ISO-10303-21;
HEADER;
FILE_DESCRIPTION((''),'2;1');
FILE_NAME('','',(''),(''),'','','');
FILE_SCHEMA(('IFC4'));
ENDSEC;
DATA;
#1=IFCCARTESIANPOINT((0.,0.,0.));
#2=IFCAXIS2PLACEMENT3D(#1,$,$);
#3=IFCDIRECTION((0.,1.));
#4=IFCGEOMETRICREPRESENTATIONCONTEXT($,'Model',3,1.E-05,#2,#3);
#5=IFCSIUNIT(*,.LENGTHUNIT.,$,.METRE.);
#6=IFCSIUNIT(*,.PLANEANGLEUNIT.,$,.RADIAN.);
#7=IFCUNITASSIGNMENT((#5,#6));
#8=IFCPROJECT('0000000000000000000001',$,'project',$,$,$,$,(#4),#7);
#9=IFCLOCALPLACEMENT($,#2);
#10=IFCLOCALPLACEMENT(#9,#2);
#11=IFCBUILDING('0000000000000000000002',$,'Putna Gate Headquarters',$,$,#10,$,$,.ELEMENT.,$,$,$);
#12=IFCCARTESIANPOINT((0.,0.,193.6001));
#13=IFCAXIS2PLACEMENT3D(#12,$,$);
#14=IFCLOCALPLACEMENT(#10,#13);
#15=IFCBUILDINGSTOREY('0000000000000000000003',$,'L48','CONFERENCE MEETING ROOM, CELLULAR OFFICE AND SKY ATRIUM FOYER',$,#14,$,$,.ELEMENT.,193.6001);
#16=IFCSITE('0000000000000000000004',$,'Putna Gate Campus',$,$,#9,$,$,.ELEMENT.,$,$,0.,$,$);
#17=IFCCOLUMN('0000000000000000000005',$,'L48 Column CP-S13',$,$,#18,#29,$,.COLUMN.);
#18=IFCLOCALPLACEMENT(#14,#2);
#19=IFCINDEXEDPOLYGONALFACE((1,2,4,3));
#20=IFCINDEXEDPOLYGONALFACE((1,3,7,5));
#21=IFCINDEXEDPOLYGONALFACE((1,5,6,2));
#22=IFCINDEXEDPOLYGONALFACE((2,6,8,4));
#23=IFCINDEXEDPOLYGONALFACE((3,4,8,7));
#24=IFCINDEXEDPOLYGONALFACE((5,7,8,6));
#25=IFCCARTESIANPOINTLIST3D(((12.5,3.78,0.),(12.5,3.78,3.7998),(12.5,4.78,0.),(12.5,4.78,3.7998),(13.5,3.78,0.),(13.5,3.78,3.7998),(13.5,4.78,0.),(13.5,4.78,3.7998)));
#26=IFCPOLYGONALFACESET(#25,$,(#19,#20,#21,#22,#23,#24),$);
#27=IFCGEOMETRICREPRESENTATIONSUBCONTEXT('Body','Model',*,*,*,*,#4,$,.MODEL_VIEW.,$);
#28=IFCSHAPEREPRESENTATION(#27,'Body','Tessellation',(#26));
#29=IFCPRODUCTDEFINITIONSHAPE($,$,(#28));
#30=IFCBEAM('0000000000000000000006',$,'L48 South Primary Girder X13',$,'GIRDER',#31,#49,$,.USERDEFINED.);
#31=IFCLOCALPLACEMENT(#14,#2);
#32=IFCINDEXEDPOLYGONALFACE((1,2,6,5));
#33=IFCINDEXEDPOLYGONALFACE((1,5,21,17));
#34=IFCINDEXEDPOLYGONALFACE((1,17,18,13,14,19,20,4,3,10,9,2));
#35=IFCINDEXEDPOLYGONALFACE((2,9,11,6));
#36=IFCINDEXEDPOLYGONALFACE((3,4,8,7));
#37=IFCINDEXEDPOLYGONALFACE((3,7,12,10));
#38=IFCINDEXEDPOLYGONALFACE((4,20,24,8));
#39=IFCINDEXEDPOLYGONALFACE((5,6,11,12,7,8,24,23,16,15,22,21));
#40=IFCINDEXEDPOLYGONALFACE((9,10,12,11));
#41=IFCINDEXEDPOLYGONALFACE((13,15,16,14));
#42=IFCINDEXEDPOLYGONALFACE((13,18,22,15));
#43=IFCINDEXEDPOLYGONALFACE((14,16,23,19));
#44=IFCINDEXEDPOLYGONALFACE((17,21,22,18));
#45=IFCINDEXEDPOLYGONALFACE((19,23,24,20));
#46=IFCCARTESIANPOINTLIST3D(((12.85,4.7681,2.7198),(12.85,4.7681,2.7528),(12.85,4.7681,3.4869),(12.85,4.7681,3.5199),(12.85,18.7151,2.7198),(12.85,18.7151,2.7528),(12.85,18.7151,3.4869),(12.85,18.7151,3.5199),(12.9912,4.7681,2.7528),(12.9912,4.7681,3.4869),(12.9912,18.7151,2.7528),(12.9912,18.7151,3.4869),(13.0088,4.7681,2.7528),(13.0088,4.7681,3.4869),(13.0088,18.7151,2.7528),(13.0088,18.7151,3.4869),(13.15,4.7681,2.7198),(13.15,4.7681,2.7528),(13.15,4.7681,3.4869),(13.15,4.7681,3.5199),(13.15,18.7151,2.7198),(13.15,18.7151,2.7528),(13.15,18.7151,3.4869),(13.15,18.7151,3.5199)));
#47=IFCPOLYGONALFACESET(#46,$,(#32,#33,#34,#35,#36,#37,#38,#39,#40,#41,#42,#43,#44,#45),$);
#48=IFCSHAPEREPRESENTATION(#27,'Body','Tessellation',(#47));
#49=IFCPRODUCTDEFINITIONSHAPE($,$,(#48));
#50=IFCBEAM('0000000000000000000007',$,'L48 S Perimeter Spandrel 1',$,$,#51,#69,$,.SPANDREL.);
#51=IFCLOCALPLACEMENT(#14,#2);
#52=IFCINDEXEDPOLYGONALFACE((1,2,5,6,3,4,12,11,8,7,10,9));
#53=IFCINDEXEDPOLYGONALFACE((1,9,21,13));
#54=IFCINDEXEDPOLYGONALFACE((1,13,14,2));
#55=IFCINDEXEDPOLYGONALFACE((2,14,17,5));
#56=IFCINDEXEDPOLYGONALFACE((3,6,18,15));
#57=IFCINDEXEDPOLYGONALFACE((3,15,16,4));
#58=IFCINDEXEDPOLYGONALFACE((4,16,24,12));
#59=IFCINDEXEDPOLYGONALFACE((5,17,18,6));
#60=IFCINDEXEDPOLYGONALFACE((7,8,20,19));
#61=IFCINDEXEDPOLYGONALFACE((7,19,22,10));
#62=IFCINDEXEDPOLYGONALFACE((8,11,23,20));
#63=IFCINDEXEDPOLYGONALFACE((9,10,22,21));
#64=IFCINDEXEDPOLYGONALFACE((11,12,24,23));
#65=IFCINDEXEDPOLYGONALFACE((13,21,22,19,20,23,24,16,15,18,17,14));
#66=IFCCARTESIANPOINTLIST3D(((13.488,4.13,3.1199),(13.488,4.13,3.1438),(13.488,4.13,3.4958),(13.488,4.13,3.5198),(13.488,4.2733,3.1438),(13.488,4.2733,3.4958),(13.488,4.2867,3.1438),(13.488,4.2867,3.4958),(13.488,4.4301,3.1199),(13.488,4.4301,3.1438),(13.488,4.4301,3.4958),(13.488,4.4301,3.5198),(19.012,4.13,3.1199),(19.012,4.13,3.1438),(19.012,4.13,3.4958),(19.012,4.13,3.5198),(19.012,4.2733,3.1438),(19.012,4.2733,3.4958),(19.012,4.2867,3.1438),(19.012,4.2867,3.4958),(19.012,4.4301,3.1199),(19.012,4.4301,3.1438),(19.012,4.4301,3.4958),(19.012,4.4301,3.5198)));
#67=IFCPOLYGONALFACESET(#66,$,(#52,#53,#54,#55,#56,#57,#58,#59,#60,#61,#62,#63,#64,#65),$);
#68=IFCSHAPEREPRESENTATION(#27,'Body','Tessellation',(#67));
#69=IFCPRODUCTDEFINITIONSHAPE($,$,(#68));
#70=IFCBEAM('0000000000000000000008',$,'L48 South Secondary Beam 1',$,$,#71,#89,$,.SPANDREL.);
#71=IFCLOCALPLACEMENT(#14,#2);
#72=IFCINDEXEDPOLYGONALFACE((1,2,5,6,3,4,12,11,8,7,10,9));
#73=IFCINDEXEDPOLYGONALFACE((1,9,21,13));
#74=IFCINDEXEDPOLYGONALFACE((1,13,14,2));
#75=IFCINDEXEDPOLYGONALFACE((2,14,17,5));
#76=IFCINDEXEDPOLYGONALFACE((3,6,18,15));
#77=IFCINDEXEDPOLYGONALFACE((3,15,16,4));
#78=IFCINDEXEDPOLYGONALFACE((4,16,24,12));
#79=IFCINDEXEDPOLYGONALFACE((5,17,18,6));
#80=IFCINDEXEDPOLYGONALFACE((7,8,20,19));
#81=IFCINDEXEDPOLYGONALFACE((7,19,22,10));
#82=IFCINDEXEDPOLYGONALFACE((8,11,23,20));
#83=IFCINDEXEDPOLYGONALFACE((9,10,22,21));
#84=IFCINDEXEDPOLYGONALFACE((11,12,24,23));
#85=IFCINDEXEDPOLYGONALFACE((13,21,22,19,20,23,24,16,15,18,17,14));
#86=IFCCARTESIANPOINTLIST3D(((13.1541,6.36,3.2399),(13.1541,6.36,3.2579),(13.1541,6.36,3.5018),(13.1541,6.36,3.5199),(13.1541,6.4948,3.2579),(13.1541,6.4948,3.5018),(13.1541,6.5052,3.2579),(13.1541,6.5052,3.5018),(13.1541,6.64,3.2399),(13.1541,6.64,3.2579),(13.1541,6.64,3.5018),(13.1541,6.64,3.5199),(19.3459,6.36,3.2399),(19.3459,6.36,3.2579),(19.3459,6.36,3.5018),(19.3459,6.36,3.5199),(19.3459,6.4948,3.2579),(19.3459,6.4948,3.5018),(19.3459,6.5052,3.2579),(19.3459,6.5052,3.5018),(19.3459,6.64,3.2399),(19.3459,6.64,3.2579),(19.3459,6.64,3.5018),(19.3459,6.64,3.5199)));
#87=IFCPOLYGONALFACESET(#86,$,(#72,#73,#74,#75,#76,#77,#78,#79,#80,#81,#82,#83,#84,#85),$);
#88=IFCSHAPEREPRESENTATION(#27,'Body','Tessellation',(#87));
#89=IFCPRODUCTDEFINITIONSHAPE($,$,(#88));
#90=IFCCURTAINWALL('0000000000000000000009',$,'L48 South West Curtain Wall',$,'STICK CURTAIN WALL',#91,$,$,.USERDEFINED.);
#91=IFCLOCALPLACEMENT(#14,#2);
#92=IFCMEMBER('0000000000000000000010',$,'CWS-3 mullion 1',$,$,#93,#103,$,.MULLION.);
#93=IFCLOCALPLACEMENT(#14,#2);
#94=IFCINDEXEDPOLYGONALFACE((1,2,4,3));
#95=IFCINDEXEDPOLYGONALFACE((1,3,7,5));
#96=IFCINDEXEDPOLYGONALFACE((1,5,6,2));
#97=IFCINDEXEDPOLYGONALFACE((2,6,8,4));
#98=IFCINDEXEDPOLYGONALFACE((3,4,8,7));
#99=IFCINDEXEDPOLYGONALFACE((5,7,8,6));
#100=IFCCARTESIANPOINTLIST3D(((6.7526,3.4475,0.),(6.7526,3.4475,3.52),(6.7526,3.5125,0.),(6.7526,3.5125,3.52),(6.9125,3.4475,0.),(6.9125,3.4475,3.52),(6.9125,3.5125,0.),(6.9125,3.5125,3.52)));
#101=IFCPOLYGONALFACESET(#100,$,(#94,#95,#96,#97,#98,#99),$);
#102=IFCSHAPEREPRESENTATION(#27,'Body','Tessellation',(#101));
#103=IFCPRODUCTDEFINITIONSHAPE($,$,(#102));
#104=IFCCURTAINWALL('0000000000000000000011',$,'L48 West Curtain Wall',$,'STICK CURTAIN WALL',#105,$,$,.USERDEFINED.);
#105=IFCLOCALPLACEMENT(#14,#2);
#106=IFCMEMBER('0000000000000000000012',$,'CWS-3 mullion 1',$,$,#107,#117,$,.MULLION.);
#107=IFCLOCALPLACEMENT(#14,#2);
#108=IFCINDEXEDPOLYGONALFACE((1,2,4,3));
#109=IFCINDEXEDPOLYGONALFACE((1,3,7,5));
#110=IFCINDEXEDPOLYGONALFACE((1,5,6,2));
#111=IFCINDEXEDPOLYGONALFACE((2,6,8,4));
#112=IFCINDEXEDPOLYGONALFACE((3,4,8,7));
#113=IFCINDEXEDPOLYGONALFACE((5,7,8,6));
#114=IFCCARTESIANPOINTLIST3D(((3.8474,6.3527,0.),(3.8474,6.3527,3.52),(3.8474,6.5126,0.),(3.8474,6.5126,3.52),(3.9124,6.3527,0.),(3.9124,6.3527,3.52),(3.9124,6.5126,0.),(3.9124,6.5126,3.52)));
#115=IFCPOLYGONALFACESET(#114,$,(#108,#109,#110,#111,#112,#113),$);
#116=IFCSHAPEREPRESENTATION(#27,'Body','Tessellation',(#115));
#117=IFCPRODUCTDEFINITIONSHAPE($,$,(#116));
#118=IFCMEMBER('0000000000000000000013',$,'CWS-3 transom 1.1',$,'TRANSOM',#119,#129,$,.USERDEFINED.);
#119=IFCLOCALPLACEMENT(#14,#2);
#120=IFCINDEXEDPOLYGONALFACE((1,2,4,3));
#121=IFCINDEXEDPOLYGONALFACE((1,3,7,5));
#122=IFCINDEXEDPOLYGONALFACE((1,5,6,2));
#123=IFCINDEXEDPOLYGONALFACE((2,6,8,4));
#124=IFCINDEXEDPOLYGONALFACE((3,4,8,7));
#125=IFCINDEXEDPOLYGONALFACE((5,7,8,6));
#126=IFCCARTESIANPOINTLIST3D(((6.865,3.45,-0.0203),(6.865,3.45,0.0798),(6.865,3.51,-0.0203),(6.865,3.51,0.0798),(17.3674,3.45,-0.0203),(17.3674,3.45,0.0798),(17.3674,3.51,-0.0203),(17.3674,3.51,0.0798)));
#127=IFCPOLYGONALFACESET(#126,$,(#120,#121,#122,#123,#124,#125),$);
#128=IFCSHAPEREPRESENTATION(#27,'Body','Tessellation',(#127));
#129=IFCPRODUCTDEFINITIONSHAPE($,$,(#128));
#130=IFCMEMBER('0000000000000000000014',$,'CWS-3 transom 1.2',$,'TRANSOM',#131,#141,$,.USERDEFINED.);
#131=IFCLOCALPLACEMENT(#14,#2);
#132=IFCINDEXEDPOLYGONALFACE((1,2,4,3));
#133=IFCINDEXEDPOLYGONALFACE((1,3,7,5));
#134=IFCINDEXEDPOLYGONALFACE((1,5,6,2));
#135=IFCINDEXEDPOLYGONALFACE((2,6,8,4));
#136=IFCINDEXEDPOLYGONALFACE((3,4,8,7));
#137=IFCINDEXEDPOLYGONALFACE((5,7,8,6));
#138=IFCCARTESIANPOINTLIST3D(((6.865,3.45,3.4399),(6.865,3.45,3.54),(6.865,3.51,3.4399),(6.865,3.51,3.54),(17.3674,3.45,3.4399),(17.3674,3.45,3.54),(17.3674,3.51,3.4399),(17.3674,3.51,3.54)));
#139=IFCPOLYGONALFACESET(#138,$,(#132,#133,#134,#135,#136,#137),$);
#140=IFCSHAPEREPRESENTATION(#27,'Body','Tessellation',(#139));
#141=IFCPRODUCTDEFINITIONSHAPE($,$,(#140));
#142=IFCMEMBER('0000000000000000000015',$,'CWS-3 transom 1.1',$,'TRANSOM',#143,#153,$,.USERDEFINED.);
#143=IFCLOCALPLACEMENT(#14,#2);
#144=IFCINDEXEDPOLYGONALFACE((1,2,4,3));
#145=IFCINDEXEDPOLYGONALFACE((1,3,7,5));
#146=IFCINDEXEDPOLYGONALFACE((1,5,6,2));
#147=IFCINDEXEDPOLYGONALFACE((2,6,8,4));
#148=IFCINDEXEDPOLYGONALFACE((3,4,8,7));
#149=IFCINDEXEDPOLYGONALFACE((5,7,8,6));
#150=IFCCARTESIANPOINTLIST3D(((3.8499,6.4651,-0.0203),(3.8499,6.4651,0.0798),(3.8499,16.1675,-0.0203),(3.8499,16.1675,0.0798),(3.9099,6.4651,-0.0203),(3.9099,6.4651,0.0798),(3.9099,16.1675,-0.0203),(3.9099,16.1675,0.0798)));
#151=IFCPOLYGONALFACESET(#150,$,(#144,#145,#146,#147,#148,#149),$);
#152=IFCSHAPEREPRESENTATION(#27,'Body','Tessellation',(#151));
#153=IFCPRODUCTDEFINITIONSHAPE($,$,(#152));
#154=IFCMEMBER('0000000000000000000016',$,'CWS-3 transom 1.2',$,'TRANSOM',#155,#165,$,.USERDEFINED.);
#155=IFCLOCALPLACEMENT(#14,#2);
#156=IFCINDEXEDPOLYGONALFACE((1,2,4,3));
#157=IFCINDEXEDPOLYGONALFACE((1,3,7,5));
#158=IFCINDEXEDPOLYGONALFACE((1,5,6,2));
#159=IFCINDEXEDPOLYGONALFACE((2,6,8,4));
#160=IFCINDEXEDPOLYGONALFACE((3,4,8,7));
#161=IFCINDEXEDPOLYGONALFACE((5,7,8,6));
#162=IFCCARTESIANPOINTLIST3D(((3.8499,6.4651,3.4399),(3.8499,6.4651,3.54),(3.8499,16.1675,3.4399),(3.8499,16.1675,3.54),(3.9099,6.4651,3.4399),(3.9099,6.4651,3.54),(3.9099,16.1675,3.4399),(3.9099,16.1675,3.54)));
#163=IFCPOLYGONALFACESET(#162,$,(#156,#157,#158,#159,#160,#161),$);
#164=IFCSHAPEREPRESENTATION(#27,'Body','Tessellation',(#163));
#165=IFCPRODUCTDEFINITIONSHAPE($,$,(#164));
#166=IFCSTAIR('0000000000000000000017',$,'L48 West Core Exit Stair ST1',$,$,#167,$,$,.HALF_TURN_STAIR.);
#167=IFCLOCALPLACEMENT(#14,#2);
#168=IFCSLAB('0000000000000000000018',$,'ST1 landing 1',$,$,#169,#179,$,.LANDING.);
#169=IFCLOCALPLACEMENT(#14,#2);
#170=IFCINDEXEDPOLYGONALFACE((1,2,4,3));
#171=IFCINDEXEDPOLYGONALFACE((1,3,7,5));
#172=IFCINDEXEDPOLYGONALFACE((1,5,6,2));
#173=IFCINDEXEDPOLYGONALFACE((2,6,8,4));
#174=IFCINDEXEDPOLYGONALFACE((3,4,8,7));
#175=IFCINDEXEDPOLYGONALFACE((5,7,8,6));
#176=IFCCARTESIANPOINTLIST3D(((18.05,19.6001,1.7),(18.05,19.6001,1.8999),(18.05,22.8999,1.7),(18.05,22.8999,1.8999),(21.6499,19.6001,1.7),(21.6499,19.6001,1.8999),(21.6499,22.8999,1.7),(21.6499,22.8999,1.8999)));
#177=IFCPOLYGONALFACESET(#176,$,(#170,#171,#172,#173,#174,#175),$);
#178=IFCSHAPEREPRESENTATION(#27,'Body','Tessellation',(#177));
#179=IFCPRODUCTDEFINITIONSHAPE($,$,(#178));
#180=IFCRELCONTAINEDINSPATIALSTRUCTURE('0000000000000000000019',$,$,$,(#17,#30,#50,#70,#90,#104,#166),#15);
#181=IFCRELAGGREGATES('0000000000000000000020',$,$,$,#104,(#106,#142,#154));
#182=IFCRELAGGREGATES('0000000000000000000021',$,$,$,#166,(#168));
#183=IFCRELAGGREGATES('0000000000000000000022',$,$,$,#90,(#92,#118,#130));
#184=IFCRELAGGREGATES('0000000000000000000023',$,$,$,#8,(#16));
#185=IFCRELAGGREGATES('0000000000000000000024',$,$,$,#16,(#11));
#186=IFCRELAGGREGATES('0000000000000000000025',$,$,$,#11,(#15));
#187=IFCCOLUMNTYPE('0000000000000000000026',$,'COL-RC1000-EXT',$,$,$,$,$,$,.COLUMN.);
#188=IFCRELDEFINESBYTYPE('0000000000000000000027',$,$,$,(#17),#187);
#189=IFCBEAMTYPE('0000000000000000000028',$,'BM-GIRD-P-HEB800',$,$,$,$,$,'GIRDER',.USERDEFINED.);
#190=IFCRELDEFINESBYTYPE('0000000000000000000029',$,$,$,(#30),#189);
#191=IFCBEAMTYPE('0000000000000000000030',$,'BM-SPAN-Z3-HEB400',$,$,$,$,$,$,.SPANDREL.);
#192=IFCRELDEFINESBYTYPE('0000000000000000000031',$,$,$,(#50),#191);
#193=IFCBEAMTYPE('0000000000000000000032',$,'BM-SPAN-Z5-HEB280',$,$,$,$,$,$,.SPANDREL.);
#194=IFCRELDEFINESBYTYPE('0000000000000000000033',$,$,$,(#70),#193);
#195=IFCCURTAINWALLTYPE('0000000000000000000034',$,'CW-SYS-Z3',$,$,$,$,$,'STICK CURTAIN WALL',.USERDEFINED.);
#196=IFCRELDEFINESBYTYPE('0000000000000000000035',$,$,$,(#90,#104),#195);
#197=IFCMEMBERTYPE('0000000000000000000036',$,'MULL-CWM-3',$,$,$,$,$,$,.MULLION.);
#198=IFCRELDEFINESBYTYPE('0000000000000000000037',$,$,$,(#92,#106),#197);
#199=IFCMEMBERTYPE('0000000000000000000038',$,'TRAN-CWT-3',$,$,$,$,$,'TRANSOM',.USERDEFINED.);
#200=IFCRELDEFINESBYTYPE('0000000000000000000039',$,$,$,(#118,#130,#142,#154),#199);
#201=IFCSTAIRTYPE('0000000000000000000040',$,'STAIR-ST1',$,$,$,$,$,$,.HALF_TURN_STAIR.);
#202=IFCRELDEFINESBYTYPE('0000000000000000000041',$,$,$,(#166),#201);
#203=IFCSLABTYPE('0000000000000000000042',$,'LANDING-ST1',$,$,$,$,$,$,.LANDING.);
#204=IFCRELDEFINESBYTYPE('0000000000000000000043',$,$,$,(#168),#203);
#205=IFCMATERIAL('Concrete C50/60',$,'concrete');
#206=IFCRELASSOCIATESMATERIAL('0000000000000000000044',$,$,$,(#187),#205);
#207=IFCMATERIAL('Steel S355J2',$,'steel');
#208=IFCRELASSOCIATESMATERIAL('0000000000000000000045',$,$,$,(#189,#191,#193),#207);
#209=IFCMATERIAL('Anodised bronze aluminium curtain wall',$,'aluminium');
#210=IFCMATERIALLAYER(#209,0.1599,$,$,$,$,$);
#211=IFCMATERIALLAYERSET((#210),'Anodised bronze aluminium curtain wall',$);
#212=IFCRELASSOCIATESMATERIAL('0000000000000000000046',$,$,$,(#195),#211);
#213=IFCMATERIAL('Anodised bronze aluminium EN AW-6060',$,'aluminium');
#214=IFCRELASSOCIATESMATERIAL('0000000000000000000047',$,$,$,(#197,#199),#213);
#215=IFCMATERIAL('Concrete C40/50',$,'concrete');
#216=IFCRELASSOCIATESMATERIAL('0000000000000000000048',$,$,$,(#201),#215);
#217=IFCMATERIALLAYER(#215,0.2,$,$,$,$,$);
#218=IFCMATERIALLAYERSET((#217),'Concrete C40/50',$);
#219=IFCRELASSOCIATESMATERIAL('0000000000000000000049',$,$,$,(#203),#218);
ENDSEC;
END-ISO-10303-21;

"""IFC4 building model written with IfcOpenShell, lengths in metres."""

from ifc_helpers import new_model, si_unit, direction, frame, origin, origin_2d, place, context, subcontext, project, spatial, polyline, rectangle, i_section, outline, extrude, material, layer, layer_set, material_profile, profile_set, type_object, element, aggregate, save


model = new_model("IFC4")

# Units and contexts
model_context = context("Model", 3, precision=1e-05, world=origin(), true_north=direction((0.0, 1.0)))
body_context = subcontext(model_context, "Body", "Model", "MODEL_VIEW")
ifc_project = project(units=[si_unit("LENGTHUNIT", "METRE"), si_unit("PLANEANGLEUNIT", "RADIAN")], contexts=[model_context])

# Site, building, storey
site_placement = place(None, origin())
site = spatial("IfcSite", under=ifc_project, at=site_placement, Name="Putna Gate Campus", CompositionType="ELEMENT", RefElevation=0.0)
building_placement = place(site_placement, origin())
building = spatial("IfcBuilding", under=site, at=building_placement, Name="Putna Gate Headquarters", CompositionType="ELEMENT")
storey_placement = place(building_placement, frame((0.0, 0.0, 193.6001)))
storey = spatial("IfcBuildingStorey", under=building, at=storey_placement, Name="L48", Description="CONFERENCE MEETING ROOM, CELLULAR OFFICE AND SKY ATRIUM FOYER", CompositionType="ELEMENT", Elevation=193.6001)

# Column
ifc_material_1 = material(Name="Concrete C50/60", Category="concrete")
ifc_material_profile_1 = material_profile(ifc_material_1, rectangle(XDim=1.0, YDim=1.0, at=origin_2d()), Name="Concrete C50/60")
ifc_profile_set_1 = profile_set([ifc_material_profile_1], Name="Concrete C50/60")
column_type = type_object("IfcColumnType", Name="COL-RC1000-EXT", PredefinedType="COLUMN", material=ifc_profile_set_1)
column_placement = place(storey_placement, frame((13.0, 4.28, 0.0), z_axis=(0.0, 0.0, 1.0), x_axis=(1.0, 0.0, 0.0)))
element("IfcColumn", 1, at=column_placement, inside=storey, type_object=column_type, Name="L48 Column CP-S13", PredefinedType="COLUMN", context=body_context, shape_type="SweptSolid", body=[
    extrude(rectangle(XDim=1.0, YDim=1.0, at=origin_2d()), origin(), (0.0, 0.0, 1.0), 3.7998),
])

# Beams
ifc_material_2 = material(Name="Steel S355J2", Category="steel")
ifc_material_profile_2 = material_profile(ifc_material_2, i_section(OverallWidth=0.3, OverallDepth=0.8, WebThickness=0.0176, FlangeThickness=0.033, at=origin_2d()), Name="Steel S355J2")
ifc_profile_set_2 = profile_set([ifc_material_profile_2], Name="Steel S355J2")
beam_type_1 = type_object("IfcBeamType", Name="BM-GIRD-P-HEB800", ElementType="GIRDER", PredefinedType="USERDEFINED", material=ifc_profile_set_2)
beam_1_placement = place(storey_placement, frame((13.0, 4.7681, 3.1199), z_axis=(0.0, 1.0, 0.0), x_axis=(-1.0, 0.0, 0.0)))
element("IfcBeam", 2, at=beam_1_placement, inside=storey, type_object=beam_type_1, Name="L48 South Primary Girder X13", ObjectType="GIRDER", PredefinedType="USERDEFINED", context=body_context, shape_type="SweptSolid", body=[
    extrude(i_section(OverallWidth=0.3, OverallDepth=0.8, WebThickness=0.0176, FlangeThickness=0.033, at=origin_2d()), origin(), (0.0, 0.0, 1.0), 13.947),
])
ifc_material_profile_3 = material_profile(ifc_material_2, i_section(OverallWidth=0.3, OverallDepth=0.3999, WebThickness=0.0134, FlangeThickness=0.0239, at=origin_2d()), Name="Steel S355J2")
ifc_profile_set_3 = profile_set([ifc_material_profile_3], Name="Steel S355J2")
beam_type_2 = type_object("IfcBeamType", Name="BM-SPAN-Z3-HEB400", PredefinedType="SPANDREL", material=ifc_profile_set_3)
beam_2_placement = place(storey_placement, frame((13.488, 4.28, 3.3198), z_axis=(1.0, 0.0, 0.0), x_axis=(0.0, 1.0, 0.0)))
element("IfcBeam", 3, at=beam_2_placement, inside=storey, type_object=beam_type_2, Name="L48 S Perimeter Spandrel 1", PredefinedType="SPANDREL", context=body_context, shape_type="SweptSolid", body=[
    extrude(i_section(OverallWidth=0.3, OverallDepth=0.3999, WebThickness=0.0134, FlangeThickness=0.0239, at=origin_2d()), origin(), (0.0, 0.0, 1.0), 5.5239),
])
ifc_material_profile_4 = material_profile(ifc_material_2, i_section(OverallWidth=0.28, OverallDepth=0.28, WebThickness=0.0105, FlangeThickness=0.0181, at=origin_2d()), Name="Steel S355J2")
ifc_profile_set_4 = profile_set([ifc_material_profile_4], Name="Steel S355J2")
beam_type_3 = type_object("IfcBeamType", Name="BM-SPAN-Z5-HEB280", PredefinedType="SPANDREL", material=ifc_profile_set_4)
beam_3_placement = place(storey_placement, frame((13.1541, 6.5, 3.3799), z_axis=(1.0, 0.0, 0.0), x_axis=(0.0, 1.0, 0.0)))
element("IfcBeam", 4, at=beam_3_placement, inside=storey, type_object=beam_type_3, Name="L48 South Secondary Beam 1", PredefinedType="SPANDREL", context=body_context, shape_type="SweptSolid", body=[
    extrude(i_section(OverallWidth=0.28, OverallDepth=0.28, WebThickness=0.0105, FlangeThickness=0.0181, at=origin_2d()), origin(), (0.0, 0.0, 1.0), 6.1919),
])

# Curtain walls, members
ifc_material_3 = material(Name="Anodised bronze aluminium curtain wall", Category="aluminium")
ifc_layer_1 = layer(ifc_material_3, 0.1599)
ifc_layer_set_1 = layer_set([ifc_layer_1], Name="Anodised bronze aluminium curtain wall")
curtain_wall_type = type_object("IfcCurtainWallType", Name="CW-SYS-Z3", ElementType="STICK CURTAIN WALL", PredefinedType="USERDEFINED", material=ifc_layer_set_1)
curtain_wall_1_placement = place(storey_placement, origin())
curtain_wall_1 = element("IfcCurtainWall", 5, at=curtain_wall_1_placement, inside=storey, type_object=curtain_wall_type, Name="L48 South West Curtain Wall", ObjectType="STICK CURTAIN WALL", PredefinedType="USERDEFINED")
ifc_material_4 = material(Name="Anodised bronze aluminium EN AW-6060", Category="aluminium")
ifc_material_profile_5 = material_profile(ifc_material_4, rectangle(XDim=0.0649, YDim=0.1599, at=origin_2d()), Name="Anodised bronze aluminium EN AW-6060")
ifc_profile_set_5 = profile_set([ifc_material_profile_5], Name="Anodised bronze aluminium EN AW-6060")
member_type_1 = type_object("IfcMemberType", Name="MULL-CWM-3", PredefinedType="MULLION", material=ifc_profile_set_5)
member_1_placement = place(storey_placement, frame((6.8325, 3.48, 0.0), z_axis=(0.0, 0.0, 1.0), x_axis=(0.0, 1.0, 0.0)))
member_1 = element("IfcMember", 6, at=member_1_placement, type_object=member_type_1, Name="CWS-3 mullion 1", PredefinedType="MULLION", context=body_context, shape_type="SweptSolid", body=[
    extrude(rectangle(XDim=0.0649, YDim=0.1599, at=origin_2d()), origin(), (0.0, 0.0, 1.0), 3.52),
])
curtain_wall_2_placement = place(storey_placement, origin())
curtain_wall_2 = element("IfcCurtainWall", 7, at=curtain_wall_2_placement, inside=storey, type_object=curtain_wall_type, Name="L48 West Curtain Wall", ObjectType="STICK CURTAIN WALL", PredefinedType="USERDEFINED")
member_2_placement = place(storey_placement, frame((3.8799, 6.4326, 0.0), z_axis=(0.0, 0.0, 1.0), x_axis=(-1.0, 0.0, 0.0)))
member_2 = element("IfcMember", 8, at=member_2_placement, type_object=member_type_1, Name="CWS-3 mullion 1", PredefinedType="MULLION", context=body_context, shape_type="SweptSolid", body=[
    extrude(rectangle(XDim=0.0649, YDim=0.1599, at=origin_2d()), origin(), (0.0, 0.0, 1.0), 3.52),
])

# Members
ifc_material_profile_6 = material_profile(ifc_material_4, rectangle(XDim=0.0601, YDim=0.1001, at=origin_2d()), Name="Anodised bronze aluminium EN AW-6060")
ifc_profile_set_6 = profile_set([ifc_material_profile_6], Name="Anodised bronze aluminium EN AW-6060")
member_type_2 = type_object("IfcMemberType", Name="TRAN-CWT-3", ElementType="TRANSOM", PredefinedType="USERDEFINED", material=ifc_profile_set_6)
member_3_placement = place(storey_placement, frame((6.865, 3.48, 0.0298), z_axis=(1.0, 0.0, 0.0), x_axis=(0.0, 1.0, 0.0)))
member_3 = element("IfcMember", 9, at=member_3_placement, type_object=member_type_2, Name="CWS-3 transom 1.1", ObjectType="TRANSOM", PredefinedType="USERDEFINED", context=body_context, shape_type="SweptSolid", body=[
    extrude(rectangle(XDim=0.0601, YDim=0.1001, at=origin_2d()), origin(), (0.0, 0.0, 1.0), 10.5024),
])
member_4_placement = place(storey_placement, frame((6.865, 3.48, 3.49), z_axis=(1.0, 0.0, 0.0), x_axis=(0.0, 1.0, 0.0)))
member_4 = element("IfcMember", 10, at=member_4_placement, type_object=member_type_2, Name="CWS-3 transom 1.2", ObjectType="TRANSOM", PredefinedType="USERDEFINED", context=body_context, shape_type="SweptSolid", body=[
    extrude(rectangle(XDim=0.0601, YDim=0.1001, at=origin_2d()), origin(), (0.0, 0.0, 1.0), 10.5024),
])
member_5_placement = place(storey_placement, frame((3.8799, 6.4651, 0.0298), z_axis=(0.0, 1.0, 0.0), x_axis=(-1.0, 0.0, 0.0)))
member_5 = element("IfcMember", 11, at=member_5_placement, type_object=member_type_2, Name="CWS-3 transom 1.1", ObjectType="TRANSOM", PredefinedType="USERDEFINED", context=body_context, shape_type="SweptSolid", body=[
    extrude(rectangle(XDim=0.0601, YDim=0.1001, at=origin_2d()), origin(), (0.0, 0.0, 1.0), 9.7024),
])
member_6_placement = place(storey_placement, frame((3.8799, 6.4651, 3.49), z_axis=(0.0, 1.0, 0.0), x_axis=(-1.0, 0.0, 0.0)))
member_6 = element("IfcMember", 12, at=member_6_placement, type_object=member_type_2, Name="CWS-3 transom 1.2", ObjectType="TRANSOM", PredefinedType="USERDEFINED", context=body_context, shape_type="SweptSolid", body=[
    extrude(rectangle(XDim=0.0601, YDim=0.1001, at=origin_2d()), origin(), (0.0, 0.0, 1.0), 9.7024),
])
aggregate(curtain_wall_2, [member_2, member_5, member_6])

# Stair, slab
ifc_material_5 = material(Name="Concrete C40/50", Category="concrete")
stair_type_1 = type_object("IfcStairType", Name="STAIR-ST1", PredefinedType="HALF_TURN_STAIR", material=ifc_material_5)
stair_1_placement = place(storey_placement, origin())
stair_1 = element("IfcStair", 13, at=stair_1_placement, inside=storey, type_object=stair_type_1, Name="L48 West Core Exit Stair ST1", PredefinedType="HALF_TURN_STAIR")
ifc_layer_2 = layer(ifc_material_5, 0.2)
ifc_layer_set_2 = layer_set([ifc_layer_2], Name="Concrete C40/50")
slab_type_1 = type_object("IfcSlabType", Name="LANDING-ST1", PredefinedType="LANDING", material=ifc_layer_set_2)
slab_1_placement = place(storey_placement, frame((0.0, 0.0, 1.7)))
slab_1 = element("IfcSlab", 14, at=slab_1_placement, type_object=slab_type_1, Name="ST1 landing 1", PredefinedType="LANDING", context=body_context, shape_type="SweptSolid", body=[
    extrude(outline(polyline([(18.05, 19.6001), (21.6499, 19.6001), (21.6499, 22.8999), (18.05, 22.8999), (18.05, 19.6001)])), origin(), (0.0, 0.0, 1.0), 0.2),
])
aggregate(stair_1, [slab_1])

aggregate(curtain_wall_1, [member_1, member_3, member_4])

save(model, "model.ifc")
